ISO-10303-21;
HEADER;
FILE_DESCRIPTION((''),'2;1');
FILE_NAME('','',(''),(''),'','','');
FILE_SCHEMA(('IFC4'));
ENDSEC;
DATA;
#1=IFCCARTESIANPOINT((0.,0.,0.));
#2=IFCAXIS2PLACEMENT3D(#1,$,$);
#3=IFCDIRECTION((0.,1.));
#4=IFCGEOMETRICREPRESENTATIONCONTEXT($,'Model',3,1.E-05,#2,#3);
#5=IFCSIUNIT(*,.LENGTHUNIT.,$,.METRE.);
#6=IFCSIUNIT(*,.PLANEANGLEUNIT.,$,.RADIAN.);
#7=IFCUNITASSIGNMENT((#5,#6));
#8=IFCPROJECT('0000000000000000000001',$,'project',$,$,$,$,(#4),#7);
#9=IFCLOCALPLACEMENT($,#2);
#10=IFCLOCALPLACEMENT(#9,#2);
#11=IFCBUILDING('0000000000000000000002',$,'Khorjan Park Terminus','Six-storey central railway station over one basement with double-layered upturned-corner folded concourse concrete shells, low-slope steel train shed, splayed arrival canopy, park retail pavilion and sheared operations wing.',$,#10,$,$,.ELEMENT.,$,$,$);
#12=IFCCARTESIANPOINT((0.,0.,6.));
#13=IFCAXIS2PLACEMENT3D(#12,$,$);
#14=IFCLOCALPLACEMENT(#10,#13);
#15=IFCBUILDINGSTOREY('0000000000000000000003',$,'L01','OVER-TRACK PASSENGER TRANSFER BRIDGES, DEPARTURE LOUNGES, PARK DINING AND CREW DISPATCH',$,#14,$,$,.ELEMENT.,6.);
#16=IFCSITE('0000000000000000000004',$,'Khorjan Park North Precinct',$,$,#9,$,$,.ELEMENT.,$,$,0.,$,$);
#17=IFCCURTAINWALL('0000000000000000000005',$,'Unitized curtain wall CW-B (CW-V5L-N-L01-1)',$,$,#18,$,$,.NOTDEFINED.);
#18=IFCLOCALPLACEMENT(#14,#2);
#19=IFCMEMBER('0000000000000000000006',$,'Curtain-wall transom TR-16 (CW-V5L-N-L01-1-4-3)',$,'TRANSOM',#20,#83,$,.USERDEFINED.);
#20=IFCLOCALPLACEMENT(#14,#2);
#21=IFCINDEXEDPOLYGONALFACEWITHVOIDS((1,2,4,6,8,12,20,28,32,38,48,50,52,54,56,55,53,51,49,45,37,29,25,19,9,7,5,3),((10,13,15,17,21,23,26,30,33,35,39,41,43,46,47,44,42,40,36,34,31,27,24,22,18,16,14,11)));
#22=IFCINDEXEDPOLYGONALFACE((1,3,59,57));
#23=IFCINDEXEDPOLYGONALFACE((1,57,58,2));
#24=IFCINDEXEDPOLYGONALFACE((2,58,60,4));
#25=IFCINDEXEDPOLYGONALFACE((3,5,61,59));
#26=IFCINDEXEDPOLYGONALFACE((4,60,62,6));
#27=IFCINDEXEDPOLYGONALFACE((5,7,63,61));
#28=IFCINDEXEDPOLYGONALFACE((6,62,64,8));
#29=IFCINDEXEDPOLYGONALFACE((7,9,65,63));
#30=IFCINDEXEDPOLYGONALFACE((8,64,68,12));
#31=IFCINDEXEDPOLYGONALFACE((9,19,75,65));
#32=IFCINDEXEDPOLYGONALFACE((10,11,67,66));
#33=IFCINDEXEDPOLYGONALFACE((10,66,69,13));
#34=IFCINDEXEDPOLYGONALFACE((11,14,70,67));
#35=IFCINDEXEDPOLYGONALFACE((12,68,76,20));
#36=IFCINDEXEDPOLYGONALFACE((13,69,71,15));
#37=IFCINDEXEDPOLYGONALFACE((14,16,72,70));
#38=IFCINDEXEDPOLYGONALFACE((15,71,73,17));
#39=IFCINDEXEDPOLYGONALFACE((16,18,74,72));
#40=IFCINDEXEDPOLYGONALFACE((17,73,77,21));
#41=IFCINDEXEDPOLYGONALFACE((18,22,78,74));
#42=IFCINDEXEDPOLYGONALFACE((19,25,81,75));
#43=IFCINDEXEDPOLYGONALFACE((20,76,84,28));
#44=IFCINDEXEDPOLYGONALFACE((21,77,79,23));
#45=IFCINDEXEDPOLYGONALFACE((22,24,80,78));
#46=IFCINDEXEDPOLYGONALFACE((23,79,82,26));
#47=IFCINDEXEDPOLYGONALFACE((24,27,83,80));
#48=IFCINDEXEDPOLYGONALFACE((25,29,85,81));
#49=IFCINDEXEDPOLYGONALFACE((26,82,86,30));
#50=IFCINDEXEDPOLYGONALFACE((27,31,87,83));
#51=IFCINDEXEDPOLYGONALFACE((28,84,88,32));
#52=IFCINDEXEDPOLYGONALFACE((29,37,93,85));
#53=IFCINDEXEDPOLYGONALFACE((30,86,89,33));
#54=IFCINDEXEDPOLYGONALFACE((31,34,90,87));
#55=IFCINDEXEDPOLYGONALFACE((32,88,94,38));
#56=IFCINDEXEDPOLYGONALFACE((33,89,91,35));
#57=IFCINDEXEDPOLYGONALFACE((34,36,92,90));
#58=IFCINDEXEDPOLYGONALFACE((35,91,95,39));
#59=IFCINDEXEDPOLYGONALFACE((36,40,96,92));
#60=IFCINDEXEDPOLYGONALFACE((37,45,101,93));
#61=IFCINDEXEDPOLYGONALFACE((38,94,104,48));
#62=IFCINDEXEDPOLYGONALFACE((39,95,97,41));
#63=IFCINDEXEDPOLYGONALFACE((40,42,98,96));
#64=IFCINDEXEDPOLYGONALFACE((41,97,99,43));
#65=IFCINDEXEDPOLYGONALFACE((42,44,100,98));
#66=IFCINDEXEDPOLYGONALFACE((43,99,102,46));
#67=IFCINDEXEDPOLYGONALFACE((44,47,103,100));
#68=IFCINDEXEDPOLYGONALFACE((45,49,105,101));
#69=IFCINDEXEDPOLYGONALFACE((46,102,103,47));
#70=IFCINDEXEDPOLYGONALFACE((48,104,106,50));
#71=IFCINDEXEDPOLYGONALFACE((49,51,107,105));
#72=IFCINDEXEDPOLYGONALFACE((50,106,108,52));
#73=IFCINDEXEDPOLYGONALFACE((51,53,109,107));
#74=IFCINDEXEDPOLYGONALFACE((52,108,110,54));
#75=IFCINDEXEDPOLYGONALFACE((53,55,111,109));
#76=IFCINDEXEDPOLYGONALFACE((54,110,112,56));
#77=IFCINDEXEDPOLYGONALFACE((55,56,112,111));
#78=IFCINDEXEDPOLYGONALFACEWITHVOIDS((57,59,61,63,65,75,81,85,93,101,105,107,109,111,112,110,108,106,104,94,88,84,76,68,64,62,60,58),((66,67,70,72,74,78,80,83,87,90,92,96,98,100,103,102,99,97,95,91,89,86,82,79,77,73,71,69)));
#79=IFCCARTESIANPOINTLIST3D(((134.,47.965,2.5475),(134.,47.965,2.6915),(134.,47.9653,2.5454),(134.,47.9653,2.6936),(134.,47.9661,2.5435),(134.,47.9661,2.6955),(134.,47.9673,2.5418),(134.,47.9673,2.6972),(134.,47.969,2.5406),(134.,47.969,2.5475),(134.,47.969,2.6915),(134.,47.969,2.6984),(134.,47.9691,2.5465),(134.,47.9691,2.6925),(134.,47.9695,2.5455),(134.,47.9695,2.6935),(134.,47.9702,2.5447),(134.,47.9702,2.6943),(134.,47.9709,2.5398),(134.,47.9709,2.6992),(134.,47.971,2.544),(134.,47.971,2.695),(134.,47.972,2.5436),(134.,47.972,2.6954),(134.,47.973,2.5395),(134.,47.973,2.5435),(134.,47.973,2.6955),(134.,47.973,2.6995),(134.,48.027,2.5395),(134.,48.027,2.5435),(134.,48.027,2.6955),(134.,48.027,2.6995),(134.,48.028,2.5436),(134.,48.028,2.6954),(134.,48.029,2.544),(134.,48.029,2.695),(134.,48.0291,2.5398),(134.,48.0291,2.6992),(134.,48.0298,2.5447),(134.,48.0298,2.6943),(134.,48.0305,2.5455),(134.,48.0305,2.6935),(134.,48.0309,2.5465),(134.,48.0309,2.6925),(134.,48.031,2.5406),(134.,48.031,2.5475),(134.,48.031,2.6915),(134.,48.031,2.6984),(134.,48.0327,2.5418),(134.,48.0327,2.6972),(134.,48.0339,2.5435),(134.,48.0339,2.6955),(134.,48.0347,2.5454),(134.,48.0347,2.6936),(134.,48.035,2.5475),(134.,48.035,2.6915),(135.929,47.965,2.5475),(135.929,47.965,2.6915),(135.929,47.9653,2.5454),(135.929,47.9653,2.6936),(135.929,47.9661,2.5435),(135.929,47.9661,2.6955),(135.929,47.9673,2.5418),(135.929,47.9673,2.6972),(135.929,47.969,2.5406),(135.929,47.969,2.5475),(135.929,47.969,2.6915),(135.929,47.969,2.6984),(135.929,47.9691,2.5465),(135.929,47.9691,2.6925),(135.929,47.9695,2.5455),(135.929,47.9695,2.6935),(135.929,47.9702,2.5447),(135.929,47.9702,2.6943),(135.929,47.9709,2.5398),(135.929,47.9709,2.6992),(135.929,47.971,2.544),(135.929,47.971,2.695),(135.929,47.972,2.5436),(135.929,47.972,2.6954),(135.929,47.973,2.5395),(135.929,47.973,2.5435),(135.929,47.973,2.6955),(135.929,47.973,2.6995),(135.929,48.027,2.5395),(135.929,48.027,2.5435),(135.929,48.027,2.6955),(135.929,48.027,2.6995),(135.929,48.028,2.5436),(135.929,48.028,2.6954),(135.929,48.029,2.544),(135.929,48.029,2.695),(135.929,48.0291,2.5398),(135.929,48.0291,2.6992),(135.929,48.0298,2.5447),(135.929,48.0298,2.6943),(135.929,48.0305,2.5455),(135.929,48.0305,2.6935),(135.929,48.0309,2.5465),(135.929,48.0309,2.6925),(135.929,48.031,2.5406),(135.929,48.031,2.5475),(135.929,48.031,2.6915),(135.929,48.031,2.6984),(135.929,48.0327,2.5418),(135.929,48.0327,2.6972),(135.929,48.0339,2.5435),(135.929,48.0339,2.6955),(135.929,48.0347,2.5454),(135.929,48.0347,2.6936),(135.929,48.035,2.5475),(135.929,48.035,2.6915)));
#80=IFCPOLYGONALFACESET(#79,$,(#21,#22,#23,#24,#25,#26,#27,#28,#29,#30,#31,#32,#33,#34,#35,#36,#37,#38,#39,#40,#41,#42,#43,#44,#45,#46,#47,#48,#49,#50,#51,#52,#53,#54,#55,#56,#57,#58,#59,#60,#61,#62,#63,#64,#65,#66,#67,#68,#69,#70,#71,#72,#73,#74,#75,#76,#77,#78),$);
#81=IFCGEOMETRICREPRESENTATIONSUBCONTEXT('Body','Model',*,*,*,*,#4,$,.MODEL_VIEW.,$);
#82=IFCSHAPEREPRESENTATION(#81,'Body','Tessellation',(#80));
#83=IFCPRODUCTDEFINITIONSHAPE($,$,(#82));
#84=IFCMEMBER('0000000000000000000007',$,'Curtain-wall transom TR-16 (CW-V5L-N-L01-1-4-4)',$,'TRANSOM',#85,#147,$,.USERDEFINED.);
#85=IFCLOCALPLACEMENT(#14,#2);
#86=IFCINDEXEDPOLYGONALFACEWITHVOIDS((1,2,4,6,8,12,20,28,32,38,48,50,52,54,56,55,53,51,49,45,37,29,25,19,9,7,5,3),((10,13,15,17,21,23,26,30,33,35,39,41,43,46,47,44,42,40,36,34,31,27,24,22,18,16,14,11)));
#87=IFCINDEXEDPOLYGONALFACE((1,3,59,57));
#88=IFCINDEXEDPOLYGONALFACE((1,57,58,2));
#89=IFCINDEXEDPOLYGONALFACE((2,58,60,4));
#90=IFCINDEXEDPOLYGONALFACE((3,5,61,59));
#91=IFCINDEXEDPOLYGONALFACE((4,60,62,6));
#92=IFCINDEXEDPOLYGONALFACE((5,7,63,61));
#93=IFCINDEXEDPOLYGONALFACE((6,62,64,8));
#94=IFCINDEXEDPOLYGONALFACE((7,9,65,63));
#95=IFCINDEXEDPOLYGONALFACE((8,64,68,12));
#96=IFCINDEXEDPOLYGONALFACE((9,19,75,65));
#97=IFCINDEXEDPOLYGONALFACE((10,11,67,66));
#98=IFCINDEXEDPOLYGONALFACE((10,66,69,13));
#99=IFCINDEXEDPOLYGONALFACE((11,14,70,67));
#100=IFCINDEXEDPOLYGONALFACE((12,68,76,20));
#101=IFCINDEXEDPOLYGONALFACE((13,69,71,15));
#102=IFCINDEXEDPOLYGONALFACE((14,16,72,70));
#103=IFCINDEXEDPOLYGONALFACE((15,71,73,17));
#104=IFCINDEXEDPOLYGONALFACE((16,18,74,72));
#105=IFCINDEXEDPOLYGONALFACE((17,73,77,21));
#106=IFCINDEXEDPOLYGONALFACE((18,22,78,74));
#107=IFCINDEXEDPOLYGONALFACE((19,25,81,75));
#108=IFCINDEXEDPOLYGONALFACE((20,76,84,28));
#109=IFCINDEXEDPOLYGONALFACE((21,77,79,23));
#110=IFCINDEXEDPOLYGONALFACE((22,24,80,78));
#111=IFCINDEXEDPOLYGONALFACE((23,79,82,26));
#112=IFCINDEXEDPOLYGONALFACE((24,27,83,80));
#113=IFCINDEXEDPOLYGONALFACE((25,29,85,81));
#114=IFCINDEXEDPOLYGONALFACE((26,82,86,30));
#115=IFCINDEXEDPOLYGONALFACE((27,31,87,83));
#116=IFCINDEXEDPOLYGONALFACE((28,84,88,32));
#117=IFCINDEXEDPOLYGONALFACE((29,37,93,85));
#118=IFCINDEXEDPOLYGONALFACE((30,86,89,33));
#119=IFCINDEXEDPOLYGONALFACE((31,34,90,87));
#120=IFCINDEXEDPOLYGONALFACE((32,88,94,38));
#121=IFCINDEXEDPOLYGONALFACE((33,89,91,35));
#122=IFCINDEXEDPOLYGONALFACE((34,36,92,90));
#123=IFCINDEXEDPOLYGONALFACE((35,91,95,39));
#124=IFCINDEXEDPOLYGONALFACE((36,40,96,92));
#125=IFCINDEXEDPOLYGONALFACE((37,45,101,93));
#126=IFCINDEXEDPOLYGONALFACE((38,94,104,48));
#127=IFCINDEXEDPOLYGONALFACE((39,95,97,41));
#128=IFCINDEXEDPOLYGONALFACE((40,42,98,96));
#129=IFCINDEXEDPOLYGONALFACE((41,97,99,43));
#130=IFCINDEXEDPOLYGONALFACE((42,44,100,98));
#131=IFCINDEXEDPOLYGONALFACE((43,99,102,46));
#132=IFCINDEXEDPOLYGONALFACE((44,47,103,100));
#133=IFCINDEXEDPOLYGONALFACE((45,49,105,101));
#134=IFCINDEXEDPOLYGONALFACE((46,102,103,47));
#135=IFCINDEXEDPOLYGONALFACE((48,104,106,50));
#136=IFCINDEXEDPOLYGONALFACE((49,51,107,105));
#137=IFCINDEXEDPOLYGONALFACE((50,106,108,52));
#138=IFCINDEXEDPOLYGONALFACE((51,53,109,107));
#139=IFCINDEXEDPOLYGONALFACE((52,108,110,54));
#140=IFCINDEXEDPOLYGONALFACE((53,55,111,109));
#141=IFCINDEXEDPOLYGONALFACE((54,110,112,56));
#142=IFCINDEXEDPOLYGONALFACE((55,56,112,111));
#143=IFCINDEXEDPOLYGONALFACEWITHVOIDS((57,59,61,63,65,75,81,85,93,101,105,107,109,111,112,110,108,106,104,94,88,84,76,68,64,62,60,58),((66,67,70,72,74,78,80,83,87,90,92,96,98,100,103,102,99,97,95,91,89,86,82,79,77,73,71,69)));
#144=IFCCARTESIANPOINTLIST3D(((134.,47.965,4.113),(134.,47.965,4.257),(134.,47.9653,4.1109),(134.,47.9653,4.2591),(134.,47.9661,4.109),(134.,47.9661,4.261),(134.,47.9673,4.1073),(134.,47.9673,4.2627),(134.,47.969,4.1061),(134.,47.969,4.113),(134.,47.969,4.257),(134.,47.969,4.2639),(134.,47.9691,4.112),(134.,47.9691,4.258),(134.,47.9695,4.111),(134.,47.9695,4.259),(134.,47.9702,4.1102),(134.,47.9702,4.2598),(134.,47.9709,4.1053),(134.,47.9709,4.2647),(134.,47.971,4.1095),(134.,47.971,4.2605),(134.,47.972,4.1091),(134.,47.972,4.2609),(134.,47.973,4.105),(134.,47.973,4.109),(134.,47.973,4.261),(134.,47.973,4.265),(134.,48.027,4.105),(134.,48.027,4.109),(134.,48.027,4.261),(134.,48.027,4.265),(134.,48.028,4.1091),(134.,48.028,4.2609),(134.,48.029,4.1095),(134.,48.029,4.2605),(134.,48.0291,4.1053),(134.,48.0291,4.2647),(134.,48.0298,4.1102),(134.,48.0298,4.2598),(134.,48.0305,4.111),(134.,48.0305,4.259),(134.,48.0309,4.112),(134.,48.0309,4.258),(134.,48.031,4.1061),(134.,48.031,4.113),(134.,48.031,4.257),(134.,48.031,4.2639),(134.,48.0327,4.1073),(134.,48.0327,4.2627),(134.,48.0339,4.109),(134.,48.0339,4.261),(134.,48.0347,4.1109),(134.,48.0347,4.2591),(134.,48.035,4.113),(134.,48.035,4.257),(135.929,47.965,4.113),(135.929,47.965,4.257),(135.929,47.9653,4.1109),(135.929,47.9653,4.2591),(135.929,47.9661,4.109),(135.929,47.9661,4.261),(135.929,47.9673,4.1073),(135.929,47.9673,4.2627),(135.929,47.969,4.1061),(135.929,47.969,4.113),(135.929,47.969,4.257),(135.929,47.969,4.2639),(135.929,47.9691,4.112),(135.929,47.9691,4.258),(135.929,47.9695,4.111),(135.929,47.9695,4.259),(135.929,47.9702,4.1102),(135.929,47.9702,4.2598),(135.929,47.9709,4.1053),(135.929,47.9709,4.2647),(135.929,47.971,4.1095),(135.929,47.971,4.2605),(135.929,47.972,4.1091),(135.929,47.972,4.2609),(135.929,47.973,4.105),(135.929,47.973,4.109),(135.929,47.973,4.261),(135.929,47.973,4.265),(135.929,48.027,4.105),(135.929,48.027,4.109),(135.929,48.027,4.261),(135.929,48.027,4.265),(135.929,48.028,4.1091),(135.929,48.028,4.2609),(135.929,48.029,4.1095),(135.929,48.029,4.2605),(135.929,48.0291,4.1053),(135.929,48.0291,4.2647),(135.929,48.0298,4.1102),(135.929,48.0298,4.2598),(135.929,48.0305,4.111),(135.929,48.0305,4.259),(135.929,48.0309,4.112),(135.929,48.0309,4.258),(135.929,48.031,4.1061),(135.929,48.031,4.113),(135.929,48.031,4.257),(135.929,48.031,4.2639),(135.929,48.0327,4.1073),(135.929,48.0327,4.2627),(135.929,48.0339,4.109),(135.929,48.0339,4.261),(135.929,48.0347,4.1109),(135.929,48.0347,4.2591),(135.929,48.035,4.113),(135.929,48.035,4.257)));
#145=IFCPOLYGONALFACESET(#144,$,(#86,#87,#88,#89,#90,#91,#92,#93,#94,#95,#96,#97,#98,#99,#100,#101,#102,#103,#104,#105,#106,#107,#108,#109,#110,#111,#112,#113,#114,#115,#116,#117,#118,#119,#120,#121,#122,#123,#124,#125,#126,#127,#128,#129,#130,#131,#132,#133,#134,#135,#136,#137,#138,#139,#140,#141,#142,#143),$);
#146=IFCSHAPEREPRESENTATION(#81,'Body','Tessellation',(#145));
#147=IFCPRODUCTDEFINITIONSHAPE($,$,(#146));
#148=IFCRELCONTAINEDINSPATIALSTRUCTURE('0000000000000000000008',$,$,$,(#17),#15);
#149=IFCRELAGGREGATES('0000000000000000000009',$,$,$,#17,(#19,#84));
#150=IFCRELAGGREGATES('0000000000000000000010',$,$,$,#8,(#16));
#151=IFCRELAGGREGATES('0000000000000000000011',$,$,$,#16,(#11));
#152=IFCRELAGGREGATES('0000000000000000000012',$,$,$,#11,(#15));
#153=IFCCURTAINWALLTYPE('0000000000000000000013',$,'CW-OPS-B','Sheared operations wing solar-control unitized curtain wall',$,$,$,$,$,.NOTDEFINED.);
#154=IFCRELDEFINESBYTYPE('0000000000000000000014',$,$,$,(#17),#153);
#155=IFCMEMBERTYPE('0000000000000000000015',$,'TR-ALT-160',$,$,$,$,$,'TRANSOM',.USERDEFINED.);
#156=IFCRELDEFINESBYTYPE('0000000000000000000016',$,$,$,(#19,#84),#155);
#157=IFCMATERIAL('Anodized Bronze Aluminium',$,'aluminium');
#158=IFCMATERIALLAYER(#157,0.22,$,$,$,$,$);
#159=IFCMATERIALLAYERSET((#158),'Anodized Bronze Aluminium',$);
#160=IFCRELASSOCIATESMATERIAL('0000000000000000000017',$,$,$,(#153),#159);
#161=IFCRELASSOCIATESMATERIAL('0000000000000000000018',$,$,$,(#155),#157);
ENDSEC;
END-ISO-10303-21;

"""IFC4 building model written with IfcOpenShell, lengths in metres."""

from ifc_helpers import new_model, si_unit, direction, frame, origin, origin_2d, place, context, subcontext, project, spatial, hollow_rectangle, extrude, material, layer, layer_set, material_profile, profile_set, type_object, element, aggregate, save


model = new_model("IFC4")

# Units and contexts
model_context = context("Model", 3, precision=1e-05, world=origin(), true_north=direction((0.0, 1.0)))
body_context = subcontext(model_context, "Body", "Model", "MODEL_VIEW")
ifc_project = project(units=[si_unit("LENGTHUNIT", "METRE"), si_unit("PLANEANGLEUNIT", "RADIAN")], contexts=[model_context])

# Site, building, storey
site_placement = place(None, origin())
site = spatial("IfcSite", under=ifc_project, at=site_placement, Name="Khorjan Park North Precinct", CompositionType="ELEMENT", RefElevation=0.0)
building_placement = place(site_placement, origin())
building = spatial("IfcBuilding", under=site, at=building_placement, Name="Khorjan Park Terminus", Description="Six-storey central railway station over one basement with double-layered upturned-corner folded concourse concrete shells, low-slope steel train shed, splayed arrival canopy, park retail pavilion and sheared operations wing.", CompositionType="ELEMENT")
storey_placement = place(building_placement, frame((0.0, 0.0, 6.0)))
storey = spatial("IfcBuildingStorey", under=building, at=storey_placement, Name="L01", Description="OVER-TRACK PASSENGER TRANSFER BRIDGES, DEPARTURE LOUNGES, PARK DINING AND CREW DISPATCH", CompositionType="ELEMENT", Elevation=6.0)

# Curtain wall
ifc_material_1 = material(Name="Anodized Bronze Aluminium", Category="aluminium")
ifc_layer_1 = layer(ifc_material_1, 0.22)
ifc_layer_set_1 = layer_set([ifc_layer_1], Name="Anodized Bronze Aluminium")
curtain_wall_type_1 = type_object("IfcCurtainWallType", Name="CW-OPS-B", Description="Sheared operations wing solar-control unitized curtain wall", PredefinedType="NOTDEFINED", material=ifc_layer_set_1)
curtain_wall_1_placement = place(storey_placement, origin())
curtain_wall_1 = element("IfcCurtainWall", 1, at=curtain_wall_1_placement, inside=storey, type_object=curtain_wall_type_1, Name="Unitized curtain wall CW-B (CW-V5L-N-L01-1)", PredefinedType="NOTDEFINED")

# Members
ifc_material_profile_1 = material_profile(ifc_material_1, hollow_rectangle(XDim=0.07, YDim=0.16, WallThickness=0.004, InnerFilletRadius=0.004, OuterFilletRadius=0.008, at=origin_2d()), Name="ALT 70x160x4")
ifc_profile_set_1 = profile_set([ifc_material_profile_1], Name="Anodized Bronze Aluminium")
member_type_1 = type_object("IfcMemberType", Name="TR-ALT-160", ElementType="TRANSOM", PredefinedType="USERDEFINED", material=ifc_profile_set_1)
member_1_placement = place(storey_placement, frame((135.929, 48.0, 2.6195), z_axis=(-1.0, 0.0, 0.0), x_axis=(0.0, -1.0, 0.0)))
member_1 = element("IfcMember", 2, at=member_1_placement, type_object=member_type_1, Name="Curtain-wall transom TR-16 (CW-V5L-N-L01-1-4-3)", ObjectType="TRANSOM", PredefinedType="USERDEFINED", context=body_context, shape_type="SweptSolid", body=[
    extrude(hollow_rectangle(XDim=0.07, YDim=0.16, WallThickness=0.004, InnerFilletRadius=0.004, OuterFilletRadius=0.008, at=origin_2d()), origin(), (0.0, 0.0, 1.0), 1.929),
])
member_2_placement = place(storey_placement, frame((135.929, 48.0, 4.185), z_axis=(-1.0, 0.0, 0.0), x_axis=(0.0, -1.0, 0.0)))
member_2 = element("IfcMember", 3, at=member_2_placement, type_object=member_type_1, Name="Curtain-wall transom TR-16 (CW-V5L-N-L01-1-4-4)", ObjectType="TRANSOM", PredefinedType="USERDEFINED", context=body_context, shape_type="SweptSolid", body=[
    extrude(hollow_rectangle(XDim=0.07, YDim=0.16, WallThickness=0.004, InnerFilletRadius=0.004, OuterFilletRadius=0.008, at=origin_2d()), origin(), (0.0, 0.0, 1.0), 1.929),
])

aggregate(curtain_wall_1, [member_1, member_2])

save(model, "model.ifc")
